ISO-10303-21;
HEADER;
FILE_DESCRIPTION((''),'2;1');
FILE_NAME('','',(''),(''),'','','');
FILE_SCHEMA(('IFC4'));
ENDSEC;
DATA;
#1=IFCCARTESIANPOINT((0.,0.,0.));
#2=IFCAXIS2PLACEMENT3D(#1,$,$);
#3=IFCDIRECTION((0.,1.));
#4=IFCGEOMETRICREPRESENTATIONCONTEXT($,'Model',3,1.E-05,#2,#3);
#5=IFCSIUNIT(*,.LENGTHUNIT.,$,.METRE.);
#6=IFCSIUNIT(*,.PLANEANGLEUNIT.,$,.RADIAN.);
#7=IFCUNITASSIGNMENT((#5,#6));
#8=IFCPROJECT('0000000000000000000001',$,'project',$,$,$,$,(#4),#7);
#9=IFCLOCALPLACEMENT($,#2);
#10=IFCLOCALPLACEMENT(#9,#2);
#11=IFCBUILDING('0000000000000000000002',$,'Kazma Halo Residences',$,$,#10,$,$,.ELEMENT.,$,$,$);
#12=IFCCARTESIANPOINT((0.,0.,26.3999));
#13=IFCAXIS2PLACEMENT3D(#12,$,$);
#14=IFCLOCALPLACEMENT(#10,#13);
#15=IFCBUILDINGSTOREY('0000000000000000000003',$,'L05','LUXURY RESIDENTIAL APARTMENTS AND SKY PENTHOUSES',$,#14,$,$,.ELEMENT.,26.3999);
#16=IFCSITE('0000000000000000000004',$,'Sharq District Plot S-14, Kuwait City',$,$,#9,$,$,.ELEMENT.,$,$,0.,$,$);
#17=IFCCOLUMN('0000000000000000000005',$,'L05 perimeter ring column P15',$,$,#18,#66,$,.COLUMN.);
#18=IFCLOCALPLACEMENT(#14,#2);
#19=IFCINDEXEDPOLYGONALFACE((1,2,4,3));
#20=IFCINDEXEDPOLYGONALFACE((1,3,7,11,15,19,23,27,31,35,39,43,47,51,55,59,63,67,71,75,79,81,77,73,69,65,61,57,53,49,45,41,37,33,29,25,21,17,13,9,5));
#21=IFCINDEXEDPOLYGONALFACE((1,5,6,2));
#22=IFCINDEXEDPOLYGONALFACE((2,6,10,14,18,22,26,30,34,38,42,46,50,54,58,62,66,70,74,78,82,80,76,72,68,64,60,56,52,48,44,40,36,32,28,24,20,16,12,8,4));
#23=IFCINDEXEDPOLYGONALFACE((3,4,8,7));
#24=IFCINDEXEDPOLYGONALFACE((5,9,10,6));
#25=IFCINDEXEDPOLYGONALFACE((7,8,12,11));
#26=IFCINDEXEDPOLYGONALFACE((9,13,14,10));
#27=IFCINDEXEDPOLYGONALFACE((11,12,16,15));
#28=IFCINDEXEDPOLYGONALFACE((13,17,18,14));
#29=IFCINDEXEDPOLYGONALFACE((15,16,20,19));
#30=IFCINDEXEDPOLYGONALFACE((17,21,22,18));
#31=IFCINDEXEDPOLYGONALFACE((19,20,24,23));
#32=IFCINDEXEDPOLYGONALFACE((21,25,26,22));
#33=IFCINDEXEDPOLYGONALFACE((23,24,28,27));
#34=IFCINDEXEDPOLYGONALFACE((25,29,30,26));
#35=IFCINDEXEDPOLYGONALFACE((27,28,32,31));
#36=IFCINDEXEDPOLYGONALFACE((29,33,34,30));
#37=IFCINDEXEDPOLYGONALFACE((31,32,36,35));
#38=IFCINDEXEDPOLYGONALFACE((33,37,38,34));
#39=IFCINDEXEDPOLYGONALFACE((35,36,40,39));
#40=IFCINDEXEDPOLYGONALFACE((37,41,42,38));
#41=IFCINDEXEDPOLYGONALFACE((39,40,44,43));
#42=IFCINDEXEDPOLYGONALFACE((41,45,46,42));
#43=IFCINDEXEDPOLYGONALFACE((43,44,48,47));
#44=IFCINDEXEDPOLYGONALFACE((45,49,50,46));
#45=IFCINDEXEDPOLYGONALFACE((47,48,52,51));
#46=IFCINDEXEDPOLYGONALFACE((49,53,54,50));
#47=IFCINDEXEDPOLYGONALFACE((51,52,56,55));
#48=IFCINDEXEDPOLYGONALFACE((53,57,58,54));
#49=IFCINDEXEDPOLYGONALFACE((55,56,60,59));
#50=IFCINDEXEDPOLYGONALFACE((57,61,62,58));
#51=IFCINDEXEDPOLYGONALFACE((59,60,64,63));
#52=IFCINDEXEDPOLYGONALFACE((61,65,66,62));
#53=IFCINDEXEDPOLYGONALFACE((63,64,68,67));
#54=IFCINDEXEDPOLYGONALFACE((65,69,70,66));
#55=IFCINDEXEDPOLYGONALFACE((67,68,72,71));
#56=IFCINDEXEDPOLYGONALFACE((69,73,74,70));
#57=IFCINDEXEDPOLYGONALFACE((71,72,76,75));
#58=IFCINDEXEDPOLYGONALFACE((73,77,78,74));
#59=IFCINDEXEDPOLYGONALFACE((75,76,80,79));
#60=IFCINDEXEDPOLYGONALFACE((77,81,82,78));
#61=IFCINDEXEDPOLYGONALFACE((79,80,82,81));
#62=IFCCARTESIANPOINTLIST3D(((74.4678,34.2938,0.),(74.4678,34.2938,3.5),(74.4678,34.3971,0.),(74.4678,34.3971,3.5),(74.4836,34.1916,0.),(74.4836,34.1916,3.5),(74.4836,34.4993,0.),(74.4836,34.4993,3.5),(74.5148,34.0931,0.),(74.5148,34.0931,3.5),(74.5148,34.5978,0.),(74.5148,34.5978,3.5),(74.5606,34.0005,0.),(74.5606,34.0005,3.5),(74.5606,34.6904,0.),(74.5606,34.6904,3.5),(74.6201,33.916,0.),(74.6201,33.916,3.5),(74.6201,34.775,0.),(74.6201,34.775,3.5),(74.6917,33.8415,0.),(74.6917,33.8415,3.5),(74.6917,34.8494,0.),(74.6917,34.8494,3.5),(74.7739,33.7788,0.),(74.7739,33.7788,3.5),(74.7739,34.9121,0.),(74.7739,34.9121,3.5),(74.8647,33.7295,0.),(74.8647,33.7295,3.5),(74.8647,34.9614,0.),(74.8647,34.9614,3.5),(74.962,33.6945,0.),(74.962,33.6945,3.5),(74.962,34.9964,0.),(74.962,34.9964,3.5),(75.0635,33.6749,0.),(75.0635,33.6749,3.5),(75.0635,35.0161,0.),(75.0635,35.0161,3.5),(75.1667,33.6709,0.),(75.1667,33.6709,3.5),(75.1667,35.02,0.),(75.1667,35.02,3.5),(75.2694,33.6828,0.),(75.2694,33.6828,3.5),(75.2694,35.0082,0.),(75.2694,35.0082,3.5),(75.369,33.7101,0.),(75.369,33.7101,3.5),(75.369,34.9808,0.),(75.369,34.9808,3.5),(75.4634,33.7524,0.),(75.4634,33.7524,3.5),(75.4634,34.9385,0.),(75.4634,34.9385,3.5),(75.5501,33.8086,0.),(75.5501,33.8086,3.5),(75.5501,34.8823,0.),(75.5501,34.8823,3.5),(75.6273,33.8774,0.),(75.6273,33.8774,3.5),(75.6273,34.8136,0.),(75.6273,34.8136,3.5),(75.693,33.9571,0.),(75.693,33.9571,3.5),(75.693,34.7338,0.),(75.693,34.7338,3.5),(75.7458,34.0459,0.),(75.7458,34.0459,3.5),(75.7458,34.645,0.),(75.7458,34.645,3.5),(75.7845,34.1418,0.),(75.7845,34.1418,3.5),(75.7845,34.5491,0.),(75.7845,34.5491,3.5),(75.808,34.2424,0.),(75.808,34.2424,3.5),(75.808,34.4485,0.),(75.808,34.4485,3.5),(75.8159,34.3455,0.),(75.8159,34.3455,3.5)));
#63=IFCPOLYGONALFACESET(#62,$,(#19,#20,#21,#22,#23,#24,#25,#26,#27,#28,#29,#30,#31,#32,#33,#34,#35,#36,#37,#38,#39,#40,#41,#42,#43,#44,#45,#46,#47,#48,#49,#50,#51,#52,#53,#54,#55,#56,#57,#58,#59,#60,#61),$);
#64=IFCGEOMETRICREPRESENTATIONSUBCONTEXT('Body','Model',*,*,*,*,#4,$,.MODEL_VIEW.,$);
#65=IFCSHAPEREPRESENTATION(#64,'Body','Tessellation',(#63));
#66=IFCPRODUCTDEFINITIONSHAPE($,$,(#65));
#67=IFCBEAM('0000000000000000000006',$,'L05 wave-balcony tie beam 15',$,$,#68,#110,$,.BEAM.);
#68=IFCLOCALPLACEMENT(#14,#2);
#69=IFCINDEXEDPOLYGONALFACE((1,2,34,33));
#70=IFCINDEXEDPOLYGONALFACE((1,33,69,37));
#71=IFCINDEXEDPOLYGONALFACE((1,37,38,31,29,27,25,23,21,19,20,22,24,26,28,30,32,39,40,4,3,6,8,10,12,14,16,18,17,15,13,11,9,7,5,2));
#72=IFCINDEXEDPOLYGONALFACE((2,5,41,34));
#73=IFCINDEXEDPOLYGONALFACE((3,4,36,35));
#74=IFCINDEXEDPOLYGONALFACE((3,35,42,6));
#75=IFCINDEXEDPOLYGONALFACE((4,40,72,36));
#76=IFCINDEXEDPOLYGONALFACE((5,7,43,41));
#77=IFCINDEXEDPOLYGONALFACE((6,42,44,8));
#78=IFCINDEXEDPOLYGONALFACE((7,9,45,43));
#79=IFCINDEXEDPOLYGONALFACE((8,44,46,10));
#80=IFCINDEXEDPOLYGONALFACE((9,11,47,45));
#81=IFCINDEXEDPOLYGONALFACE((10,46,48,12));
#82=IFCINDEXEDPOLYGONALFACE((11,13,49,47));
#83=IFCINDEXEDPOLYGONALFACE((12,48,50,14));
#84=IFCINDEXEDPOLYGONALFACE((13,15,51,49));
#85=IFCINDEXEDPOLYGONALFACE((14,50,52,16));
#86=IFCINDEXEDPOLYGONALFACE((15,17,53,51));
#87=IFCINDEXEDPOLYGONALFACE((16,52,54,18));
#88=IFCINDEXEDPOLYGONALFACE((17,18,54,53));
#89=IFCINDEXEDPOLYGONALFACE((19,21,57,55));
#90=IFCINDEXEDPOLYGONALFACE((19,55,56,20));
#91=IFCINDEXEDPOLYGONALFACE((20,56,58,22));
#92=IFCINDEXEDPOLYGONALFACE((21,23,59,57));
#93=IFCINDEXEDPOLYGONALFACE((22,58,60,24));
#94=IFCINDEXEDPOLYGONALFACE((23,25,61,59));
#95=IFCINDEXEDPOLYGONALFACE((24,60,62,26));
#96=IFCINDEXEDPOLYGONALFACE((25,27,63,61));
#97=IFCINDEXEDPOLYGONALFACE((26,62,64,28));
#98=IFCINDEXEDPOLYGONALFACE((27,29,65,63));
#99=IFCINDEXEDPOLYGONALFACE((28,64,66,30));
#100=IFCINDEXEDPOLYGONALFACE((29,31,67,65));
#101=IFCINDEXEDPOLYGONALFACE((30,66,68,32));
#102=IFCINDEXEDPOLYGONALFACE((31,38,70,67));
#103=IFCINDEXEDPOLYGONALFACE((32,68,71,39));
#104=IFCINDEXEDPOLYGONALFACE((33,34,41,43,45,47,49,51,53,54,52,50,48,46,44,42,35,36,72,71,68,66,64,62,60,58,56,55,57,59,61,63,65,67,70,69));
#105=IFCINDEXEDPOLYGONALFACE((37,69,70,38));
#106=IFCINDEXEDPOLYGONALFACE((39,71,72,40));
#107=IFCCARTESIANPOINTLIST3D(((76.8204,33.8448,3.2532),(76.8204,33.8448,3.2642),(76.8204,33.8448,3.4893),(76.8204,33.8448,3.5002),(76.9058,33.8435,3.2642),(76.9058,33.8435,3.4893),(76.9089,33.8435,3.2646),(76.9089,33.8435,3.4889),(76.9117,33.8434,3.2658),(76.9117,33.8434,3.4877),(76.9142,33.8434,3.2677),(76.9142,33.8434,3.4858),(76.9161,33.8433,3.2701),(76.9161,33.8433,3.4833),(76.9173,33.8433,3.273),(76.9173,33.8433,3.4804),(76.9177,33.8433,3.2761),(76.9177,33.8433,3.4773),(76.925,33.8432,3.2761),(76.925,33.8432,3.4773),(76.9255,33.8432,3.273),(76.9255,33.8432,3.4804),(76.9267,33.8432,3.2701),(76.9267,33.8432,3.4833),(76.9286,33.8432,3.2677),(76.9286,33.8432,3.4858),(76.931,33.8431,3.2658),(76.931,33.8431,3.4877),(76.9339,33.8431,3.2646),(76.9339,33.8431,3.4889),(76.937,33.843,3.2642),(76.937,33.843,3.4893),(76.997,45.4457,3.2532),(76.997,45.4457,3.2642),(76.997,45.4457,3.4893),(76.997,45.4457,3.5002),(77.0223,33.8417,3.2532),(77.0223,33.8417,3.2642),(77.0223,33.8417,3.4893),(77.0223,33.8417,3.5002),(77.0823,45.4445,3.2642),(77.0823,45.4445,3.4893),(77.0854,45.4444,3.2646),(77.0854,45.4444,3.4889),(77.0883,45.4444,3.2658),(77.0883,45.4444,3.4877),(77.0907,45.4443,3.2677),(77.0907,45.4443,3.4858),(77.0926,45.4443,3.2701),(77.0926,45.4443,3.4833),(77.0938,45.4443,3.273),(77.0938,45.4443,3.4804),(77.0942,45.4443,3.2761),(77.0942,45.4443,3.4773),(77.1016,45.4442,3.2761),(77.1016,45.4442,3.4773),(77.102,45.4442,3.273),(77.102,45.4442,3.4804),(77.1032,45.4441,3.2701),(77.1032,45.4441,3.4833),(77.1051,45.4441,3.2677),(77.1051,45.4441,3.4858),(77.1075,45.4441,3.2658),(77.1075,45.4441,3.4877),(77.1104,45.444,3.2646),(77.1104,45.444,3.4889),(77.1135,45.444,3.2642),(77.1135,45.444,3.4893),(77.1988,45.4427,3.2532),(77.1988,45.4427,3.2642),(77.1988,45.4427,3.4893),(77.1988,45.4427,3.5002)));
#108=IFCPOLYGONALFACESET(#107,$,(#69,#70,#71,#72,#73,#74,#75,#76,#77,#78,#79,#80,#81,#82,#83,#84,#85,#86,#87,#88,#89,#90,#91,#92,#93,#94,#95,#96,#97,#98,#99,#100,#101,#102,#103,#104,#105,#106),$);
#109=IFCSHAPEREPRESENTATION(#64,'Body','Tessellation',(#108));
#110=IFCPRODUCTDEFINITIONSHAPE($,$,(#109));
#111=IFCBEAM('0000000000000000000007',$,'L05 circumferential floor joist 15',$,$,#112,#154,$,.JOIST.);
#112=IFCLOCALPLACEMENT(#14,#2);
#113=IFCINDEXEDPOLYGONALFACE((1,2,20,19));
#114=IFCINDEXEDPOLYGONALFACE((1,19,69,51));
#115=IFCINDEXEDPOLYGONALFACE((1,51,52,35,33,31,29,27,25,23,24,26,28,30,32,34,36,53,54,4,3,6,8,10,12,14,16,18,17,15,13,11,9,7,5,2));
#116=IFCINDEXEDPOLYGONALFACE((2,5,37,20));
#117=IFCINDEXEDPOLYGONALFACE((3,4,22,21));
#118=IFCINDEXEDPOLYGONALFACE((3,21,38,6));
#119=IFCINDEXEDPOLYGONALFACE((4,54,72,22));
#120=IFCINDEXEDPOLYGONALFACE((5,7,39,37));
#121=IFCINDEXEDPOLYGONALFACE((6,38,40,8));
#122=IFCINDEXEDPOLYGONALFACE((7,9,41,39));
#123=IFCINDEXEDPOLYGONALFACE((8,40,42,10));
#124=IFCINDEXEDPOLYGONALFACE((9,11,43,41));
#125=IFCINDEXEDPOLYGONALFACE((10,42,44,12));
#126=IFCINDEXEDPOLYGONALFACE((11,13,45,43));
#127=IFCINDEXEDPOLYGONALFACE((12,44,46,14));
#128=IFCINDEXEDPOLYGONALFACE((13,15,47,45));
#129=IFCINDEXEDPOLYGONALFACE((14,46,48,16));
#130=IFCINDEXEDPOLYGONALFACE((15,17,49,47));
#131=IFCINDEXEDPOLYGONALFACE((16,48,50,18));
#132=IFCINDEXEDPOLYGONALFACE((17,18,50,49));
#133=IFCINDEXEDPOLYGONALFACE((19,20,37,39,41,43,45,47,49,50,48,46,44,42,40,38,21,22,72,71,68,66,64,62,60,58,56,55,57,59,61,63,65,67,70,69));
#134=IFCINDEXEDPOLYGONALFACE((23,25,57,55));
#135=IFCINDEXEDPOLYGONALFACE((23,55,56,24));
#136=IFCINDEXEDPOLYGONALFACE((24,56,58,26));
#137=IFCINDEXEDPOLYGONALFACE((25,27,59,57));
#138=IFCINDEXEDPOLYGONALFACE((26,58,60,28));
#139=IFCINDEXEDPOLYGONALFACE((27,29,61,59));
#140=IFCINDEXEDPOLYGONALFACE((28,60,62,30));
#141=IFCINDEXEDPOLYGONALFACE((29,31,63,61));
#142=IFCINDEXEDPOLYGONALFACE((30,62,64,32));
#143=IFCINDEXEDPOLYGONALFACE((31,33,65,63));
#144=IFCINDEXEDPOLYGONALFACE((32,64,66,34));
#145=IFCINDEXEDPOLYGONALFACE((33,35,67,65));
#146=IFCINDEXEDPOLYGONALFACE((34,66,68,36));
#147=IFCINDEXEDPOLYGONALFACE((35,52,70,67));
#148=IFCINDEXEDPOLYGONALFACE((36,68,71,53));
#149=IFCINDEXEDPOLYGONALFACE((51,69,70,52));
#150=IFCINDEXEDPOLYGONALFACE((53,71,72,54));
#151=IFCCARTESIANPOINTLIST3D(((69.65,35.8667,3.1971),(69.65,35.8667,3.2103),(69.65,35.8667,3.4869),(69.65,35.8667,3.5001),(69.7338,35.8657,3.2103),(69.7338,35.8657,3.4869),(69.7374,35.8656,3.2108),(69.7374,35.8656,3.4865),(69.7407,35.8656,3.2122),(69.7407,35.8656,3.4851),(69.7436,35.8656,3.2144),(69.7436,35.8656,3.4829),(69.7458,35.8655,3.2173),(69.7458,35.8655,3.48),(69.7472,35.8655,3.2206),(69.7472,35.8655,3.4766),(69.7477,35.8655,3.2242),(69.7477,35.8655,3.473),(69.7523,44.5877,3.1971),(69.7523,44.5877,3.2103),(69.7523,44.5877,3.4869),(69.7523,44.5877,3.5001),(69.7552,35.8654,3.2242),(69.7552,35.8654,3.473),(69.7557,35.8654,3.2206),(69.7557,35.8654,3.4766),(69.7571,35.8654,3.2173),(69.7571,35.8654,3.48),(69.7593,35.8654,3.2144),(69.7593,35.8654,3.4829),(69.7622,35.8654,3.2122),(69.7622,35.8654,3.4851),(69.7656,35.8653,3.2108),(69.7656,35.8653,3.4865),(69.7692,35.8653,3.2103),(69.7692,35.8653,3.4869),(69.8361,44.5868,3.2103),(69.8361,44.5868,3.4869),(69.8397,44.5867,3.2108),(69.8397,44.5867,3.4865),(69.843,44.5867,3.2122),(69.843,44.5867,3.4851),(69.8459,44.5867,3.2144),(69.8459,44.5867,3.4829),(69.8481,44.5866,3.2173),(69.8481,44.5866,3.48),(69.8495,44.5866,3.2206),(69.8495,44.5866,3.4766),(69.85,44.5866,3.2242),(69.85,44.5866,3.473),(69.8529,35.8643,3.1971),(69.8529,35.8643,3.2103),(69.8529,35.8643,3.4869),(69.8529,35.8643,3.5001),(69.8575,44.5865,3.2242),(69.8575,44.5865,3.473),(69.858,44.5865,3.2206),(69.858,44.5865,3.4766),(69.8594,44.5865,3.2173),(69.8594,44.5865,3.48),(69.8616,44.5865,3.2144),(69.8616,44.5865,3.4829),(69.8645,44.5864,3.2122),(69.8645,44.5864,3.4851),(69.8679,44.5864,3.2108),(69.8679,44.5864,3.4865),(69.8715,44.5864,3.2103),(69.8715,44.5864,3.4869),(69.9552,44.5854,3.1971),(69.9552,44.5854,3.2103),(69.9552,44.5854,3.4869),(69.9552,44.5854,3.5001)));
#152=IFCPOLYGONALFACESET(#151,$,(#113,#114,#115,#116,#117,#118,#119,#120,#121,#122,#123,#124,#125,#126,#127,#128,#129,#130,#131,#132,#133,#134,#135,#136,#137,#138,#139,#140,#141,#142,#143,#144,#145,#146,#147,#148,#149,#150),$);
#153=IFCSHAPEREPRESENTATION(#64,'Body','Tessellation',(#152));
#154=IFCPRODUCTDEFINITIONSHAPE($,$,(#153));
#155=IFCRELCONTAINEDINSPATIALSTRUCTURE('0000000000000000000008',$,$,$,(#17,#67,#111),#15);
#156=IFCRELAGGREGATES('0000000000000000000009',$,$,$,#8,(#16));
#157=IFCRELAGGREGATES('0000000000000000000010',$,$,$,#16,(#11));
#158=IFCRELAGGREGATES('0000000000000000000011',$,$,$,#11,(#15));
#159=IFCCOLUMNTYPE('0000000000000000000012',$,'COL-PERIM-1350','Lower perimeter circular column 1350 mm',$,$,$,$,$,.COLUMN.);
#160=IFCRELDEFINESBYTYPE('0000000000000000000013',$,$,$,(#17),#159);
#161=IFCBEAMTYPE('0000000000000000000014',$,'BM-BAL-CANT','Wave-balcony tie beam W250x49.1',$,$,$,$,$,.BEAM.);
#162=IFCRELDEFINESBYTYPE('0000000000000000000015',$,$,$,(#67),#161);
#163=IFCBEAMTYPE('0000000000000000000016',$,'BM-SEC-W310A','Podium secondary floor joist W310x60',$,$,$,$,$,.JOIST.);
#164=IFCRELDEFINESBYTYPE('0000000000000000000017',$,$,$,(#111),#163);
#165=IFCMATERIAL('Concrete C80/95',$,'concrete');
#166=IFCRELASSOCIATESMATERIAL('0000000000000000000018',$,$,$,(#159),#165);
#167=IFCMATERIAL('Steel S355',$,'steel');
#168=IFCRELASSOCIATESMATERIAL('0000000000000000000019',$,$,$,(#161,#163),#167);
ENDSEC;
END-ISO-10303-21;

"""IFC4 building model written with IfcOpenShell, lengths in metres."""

from ifc_helpers import new_model, si_unit, direction, frame, origin, origin_2d, place, context, subcontext, project, spatial, circle, i_section, extrude, material, material_profile, profile_set, type_object, element, save


model = new_model("IFC4")

# Units and contexts
model_context = context("Model", 3, precision=1e-05, world=origin(), true_north=direction((0.0, 1.0)))
body_context = subcontext(model_context, "Body", "Model", "MODEL_VIEW")
ifc_project = project(units=[si_unit("LENGTHUNIT", "METRE"), si_unit("PLANEANGLEUNIT", "RADIAN")], contexts=[model_context])

# Site, building, storey
site_placement = place(None, origin())
site = spatial("IfcSite", under=ifc_project, at=site_placement, Name="Sharq District Plot S-14, Kuwait City", CompositionType="ELEMENT", RefElevation=0.0)
building_placement = place(site_placement, origin())
building = spatial("IfcBuilding", under=site, at=building_placement, Name="Kazma Halo Residences", CompositionType="ELEMENT")
storey_placement = place(building_placement, frame((0.0, 0.0, 26.3999)))
storey = spatial("IfcBuildingStorey", under=building, at=storey_placement, Name="L05", Description="LUXURY RESIDENTIAL APARTMENTS AND SKY PENTHOUSES", CompositionType="ELEMENT", Elevation=26.3999)

# Column
ifc_material_1 = material(Name="Concrete C80/95", Category="concrete")
ifc_material_profile_1 = material_profile(ifc_material_1, circle(Radius=0.675, at=origin_2d()), Name="CIRC1350")
ifc_profile_set_1 = profile_set([ifc_material_profile_1], Name="Concrete C80/95")
column_type = type_object("IfcColumnType", Name="COL-PERIM-1350", Description="Lower perimeter circular column 1350 mm", PredefinedType="COLUMN", material=ifc_profile_set_1)
column_placement = place(storey_placement, frame((75.1409, 34.3455, 0.0), z_axis=(0.0, 0.0, 1.0), x_axis=(1.0, 0.0, 0.0)))
element("IfcColumn", 1, at=column_placement, inside=storey, type_object=column_type, Name="L05 perimeter ring column P15", PredefinedType="COLUMN", context=body_context, shape_type="SweptSolid", body=[
    extrude(circle(Radius=0.675, at=origin_2d()), origin(), (0.0, 0.0, 1.0), 3.5),
])

# Beams
ifc_material_2 = material(Name="Steel S355", Category="steel")
ifc_material_profile_2 = material_profile(ifc_material_2, i_section(OverallWidth=0.2019, OverallDepth=0.2471, WebThickness=0.0073, FlangeThickness=0.011, FilletRadius=0.012, at=origin_2d()), Name="W250x49.1")
ifc_profile_set_2 = profile_set([ifc_material_profile_2], Name="Steel S355")
beam_type_1 = type_object("IfcBeamType", Name="BM-BAL-CANT", Description="Wave-balcony tie beam W250x49.1", PredefinedType="BEAM", material=ifc_profile_set_2)
beam_1_placement = place(storey_placement, frame((76.9214, 33.8433, 3.3767), z_axis=(0.015214, 0.999884, 0.0), x_axis=(-0.999884, 0.015214, 0.0)))
element("IfcBeam", 2, at=beam_1_placement, inside=storey, type_object=beam_type_1, Name="L05 wave-balcony tie beam 15", PredefinedType="BEAM", context=body_context, shape_type="SweptSolid", body=[
    extrude(i_section(OverallWidth=0.2019, OverallDepth=0.2471, WebThickness=0.0073, FlangeThickness=0.011, FilletRadius=0.012, at=origin_2d()), origin(), (0.0, 0.0, 1.0), 11.6023),
])
ifc_material_profile_3 = material_profile(ifc_material_2, i_section(OverallWidth=0.2029, OverallDepth=0.303, WebThickness=0.0076, FlangeThickness=0.0132, FilletRadius=0.0139, at=origin_2d()), Name="W310x60")
ifc_profile_set_3 = profile_set([ifc_material_profile_3], Name="Steel S355")
beam_type_2 = type_object("IfcBeamType", Name="BM-SEC-W310A", Description="Podium secondary floor joist W310x60", PredefinedType="JOIST", material=ifc_profile_set_3)
beam_2_placement = place(storey_placement, frame((69.7515, 35.8655, 3.3486), z_axis=(0.011729, 0.999931, 0.0), x_axis=(-0.999931, 0.011729, 0.0)))
element("IfcBeam", 3, at=beam_2_placement, inside=storey, type_object=beam_type_2, Name="L05 circumferential floor joist 15", PredefinedType="JOIST", context=body_context, shape_type="SweptSolid", body=[
    extrude(i_section(OverallWidth=0.2029, OverallDepth=0.303, WebThickness=0.0076, FlangeThickness=0.0132, FilletRadius=0.0139, at=origin_2d()), origin(), (0.0, 0.0, 1.0), 8.7217),
])

save(model, "model.ifc")
